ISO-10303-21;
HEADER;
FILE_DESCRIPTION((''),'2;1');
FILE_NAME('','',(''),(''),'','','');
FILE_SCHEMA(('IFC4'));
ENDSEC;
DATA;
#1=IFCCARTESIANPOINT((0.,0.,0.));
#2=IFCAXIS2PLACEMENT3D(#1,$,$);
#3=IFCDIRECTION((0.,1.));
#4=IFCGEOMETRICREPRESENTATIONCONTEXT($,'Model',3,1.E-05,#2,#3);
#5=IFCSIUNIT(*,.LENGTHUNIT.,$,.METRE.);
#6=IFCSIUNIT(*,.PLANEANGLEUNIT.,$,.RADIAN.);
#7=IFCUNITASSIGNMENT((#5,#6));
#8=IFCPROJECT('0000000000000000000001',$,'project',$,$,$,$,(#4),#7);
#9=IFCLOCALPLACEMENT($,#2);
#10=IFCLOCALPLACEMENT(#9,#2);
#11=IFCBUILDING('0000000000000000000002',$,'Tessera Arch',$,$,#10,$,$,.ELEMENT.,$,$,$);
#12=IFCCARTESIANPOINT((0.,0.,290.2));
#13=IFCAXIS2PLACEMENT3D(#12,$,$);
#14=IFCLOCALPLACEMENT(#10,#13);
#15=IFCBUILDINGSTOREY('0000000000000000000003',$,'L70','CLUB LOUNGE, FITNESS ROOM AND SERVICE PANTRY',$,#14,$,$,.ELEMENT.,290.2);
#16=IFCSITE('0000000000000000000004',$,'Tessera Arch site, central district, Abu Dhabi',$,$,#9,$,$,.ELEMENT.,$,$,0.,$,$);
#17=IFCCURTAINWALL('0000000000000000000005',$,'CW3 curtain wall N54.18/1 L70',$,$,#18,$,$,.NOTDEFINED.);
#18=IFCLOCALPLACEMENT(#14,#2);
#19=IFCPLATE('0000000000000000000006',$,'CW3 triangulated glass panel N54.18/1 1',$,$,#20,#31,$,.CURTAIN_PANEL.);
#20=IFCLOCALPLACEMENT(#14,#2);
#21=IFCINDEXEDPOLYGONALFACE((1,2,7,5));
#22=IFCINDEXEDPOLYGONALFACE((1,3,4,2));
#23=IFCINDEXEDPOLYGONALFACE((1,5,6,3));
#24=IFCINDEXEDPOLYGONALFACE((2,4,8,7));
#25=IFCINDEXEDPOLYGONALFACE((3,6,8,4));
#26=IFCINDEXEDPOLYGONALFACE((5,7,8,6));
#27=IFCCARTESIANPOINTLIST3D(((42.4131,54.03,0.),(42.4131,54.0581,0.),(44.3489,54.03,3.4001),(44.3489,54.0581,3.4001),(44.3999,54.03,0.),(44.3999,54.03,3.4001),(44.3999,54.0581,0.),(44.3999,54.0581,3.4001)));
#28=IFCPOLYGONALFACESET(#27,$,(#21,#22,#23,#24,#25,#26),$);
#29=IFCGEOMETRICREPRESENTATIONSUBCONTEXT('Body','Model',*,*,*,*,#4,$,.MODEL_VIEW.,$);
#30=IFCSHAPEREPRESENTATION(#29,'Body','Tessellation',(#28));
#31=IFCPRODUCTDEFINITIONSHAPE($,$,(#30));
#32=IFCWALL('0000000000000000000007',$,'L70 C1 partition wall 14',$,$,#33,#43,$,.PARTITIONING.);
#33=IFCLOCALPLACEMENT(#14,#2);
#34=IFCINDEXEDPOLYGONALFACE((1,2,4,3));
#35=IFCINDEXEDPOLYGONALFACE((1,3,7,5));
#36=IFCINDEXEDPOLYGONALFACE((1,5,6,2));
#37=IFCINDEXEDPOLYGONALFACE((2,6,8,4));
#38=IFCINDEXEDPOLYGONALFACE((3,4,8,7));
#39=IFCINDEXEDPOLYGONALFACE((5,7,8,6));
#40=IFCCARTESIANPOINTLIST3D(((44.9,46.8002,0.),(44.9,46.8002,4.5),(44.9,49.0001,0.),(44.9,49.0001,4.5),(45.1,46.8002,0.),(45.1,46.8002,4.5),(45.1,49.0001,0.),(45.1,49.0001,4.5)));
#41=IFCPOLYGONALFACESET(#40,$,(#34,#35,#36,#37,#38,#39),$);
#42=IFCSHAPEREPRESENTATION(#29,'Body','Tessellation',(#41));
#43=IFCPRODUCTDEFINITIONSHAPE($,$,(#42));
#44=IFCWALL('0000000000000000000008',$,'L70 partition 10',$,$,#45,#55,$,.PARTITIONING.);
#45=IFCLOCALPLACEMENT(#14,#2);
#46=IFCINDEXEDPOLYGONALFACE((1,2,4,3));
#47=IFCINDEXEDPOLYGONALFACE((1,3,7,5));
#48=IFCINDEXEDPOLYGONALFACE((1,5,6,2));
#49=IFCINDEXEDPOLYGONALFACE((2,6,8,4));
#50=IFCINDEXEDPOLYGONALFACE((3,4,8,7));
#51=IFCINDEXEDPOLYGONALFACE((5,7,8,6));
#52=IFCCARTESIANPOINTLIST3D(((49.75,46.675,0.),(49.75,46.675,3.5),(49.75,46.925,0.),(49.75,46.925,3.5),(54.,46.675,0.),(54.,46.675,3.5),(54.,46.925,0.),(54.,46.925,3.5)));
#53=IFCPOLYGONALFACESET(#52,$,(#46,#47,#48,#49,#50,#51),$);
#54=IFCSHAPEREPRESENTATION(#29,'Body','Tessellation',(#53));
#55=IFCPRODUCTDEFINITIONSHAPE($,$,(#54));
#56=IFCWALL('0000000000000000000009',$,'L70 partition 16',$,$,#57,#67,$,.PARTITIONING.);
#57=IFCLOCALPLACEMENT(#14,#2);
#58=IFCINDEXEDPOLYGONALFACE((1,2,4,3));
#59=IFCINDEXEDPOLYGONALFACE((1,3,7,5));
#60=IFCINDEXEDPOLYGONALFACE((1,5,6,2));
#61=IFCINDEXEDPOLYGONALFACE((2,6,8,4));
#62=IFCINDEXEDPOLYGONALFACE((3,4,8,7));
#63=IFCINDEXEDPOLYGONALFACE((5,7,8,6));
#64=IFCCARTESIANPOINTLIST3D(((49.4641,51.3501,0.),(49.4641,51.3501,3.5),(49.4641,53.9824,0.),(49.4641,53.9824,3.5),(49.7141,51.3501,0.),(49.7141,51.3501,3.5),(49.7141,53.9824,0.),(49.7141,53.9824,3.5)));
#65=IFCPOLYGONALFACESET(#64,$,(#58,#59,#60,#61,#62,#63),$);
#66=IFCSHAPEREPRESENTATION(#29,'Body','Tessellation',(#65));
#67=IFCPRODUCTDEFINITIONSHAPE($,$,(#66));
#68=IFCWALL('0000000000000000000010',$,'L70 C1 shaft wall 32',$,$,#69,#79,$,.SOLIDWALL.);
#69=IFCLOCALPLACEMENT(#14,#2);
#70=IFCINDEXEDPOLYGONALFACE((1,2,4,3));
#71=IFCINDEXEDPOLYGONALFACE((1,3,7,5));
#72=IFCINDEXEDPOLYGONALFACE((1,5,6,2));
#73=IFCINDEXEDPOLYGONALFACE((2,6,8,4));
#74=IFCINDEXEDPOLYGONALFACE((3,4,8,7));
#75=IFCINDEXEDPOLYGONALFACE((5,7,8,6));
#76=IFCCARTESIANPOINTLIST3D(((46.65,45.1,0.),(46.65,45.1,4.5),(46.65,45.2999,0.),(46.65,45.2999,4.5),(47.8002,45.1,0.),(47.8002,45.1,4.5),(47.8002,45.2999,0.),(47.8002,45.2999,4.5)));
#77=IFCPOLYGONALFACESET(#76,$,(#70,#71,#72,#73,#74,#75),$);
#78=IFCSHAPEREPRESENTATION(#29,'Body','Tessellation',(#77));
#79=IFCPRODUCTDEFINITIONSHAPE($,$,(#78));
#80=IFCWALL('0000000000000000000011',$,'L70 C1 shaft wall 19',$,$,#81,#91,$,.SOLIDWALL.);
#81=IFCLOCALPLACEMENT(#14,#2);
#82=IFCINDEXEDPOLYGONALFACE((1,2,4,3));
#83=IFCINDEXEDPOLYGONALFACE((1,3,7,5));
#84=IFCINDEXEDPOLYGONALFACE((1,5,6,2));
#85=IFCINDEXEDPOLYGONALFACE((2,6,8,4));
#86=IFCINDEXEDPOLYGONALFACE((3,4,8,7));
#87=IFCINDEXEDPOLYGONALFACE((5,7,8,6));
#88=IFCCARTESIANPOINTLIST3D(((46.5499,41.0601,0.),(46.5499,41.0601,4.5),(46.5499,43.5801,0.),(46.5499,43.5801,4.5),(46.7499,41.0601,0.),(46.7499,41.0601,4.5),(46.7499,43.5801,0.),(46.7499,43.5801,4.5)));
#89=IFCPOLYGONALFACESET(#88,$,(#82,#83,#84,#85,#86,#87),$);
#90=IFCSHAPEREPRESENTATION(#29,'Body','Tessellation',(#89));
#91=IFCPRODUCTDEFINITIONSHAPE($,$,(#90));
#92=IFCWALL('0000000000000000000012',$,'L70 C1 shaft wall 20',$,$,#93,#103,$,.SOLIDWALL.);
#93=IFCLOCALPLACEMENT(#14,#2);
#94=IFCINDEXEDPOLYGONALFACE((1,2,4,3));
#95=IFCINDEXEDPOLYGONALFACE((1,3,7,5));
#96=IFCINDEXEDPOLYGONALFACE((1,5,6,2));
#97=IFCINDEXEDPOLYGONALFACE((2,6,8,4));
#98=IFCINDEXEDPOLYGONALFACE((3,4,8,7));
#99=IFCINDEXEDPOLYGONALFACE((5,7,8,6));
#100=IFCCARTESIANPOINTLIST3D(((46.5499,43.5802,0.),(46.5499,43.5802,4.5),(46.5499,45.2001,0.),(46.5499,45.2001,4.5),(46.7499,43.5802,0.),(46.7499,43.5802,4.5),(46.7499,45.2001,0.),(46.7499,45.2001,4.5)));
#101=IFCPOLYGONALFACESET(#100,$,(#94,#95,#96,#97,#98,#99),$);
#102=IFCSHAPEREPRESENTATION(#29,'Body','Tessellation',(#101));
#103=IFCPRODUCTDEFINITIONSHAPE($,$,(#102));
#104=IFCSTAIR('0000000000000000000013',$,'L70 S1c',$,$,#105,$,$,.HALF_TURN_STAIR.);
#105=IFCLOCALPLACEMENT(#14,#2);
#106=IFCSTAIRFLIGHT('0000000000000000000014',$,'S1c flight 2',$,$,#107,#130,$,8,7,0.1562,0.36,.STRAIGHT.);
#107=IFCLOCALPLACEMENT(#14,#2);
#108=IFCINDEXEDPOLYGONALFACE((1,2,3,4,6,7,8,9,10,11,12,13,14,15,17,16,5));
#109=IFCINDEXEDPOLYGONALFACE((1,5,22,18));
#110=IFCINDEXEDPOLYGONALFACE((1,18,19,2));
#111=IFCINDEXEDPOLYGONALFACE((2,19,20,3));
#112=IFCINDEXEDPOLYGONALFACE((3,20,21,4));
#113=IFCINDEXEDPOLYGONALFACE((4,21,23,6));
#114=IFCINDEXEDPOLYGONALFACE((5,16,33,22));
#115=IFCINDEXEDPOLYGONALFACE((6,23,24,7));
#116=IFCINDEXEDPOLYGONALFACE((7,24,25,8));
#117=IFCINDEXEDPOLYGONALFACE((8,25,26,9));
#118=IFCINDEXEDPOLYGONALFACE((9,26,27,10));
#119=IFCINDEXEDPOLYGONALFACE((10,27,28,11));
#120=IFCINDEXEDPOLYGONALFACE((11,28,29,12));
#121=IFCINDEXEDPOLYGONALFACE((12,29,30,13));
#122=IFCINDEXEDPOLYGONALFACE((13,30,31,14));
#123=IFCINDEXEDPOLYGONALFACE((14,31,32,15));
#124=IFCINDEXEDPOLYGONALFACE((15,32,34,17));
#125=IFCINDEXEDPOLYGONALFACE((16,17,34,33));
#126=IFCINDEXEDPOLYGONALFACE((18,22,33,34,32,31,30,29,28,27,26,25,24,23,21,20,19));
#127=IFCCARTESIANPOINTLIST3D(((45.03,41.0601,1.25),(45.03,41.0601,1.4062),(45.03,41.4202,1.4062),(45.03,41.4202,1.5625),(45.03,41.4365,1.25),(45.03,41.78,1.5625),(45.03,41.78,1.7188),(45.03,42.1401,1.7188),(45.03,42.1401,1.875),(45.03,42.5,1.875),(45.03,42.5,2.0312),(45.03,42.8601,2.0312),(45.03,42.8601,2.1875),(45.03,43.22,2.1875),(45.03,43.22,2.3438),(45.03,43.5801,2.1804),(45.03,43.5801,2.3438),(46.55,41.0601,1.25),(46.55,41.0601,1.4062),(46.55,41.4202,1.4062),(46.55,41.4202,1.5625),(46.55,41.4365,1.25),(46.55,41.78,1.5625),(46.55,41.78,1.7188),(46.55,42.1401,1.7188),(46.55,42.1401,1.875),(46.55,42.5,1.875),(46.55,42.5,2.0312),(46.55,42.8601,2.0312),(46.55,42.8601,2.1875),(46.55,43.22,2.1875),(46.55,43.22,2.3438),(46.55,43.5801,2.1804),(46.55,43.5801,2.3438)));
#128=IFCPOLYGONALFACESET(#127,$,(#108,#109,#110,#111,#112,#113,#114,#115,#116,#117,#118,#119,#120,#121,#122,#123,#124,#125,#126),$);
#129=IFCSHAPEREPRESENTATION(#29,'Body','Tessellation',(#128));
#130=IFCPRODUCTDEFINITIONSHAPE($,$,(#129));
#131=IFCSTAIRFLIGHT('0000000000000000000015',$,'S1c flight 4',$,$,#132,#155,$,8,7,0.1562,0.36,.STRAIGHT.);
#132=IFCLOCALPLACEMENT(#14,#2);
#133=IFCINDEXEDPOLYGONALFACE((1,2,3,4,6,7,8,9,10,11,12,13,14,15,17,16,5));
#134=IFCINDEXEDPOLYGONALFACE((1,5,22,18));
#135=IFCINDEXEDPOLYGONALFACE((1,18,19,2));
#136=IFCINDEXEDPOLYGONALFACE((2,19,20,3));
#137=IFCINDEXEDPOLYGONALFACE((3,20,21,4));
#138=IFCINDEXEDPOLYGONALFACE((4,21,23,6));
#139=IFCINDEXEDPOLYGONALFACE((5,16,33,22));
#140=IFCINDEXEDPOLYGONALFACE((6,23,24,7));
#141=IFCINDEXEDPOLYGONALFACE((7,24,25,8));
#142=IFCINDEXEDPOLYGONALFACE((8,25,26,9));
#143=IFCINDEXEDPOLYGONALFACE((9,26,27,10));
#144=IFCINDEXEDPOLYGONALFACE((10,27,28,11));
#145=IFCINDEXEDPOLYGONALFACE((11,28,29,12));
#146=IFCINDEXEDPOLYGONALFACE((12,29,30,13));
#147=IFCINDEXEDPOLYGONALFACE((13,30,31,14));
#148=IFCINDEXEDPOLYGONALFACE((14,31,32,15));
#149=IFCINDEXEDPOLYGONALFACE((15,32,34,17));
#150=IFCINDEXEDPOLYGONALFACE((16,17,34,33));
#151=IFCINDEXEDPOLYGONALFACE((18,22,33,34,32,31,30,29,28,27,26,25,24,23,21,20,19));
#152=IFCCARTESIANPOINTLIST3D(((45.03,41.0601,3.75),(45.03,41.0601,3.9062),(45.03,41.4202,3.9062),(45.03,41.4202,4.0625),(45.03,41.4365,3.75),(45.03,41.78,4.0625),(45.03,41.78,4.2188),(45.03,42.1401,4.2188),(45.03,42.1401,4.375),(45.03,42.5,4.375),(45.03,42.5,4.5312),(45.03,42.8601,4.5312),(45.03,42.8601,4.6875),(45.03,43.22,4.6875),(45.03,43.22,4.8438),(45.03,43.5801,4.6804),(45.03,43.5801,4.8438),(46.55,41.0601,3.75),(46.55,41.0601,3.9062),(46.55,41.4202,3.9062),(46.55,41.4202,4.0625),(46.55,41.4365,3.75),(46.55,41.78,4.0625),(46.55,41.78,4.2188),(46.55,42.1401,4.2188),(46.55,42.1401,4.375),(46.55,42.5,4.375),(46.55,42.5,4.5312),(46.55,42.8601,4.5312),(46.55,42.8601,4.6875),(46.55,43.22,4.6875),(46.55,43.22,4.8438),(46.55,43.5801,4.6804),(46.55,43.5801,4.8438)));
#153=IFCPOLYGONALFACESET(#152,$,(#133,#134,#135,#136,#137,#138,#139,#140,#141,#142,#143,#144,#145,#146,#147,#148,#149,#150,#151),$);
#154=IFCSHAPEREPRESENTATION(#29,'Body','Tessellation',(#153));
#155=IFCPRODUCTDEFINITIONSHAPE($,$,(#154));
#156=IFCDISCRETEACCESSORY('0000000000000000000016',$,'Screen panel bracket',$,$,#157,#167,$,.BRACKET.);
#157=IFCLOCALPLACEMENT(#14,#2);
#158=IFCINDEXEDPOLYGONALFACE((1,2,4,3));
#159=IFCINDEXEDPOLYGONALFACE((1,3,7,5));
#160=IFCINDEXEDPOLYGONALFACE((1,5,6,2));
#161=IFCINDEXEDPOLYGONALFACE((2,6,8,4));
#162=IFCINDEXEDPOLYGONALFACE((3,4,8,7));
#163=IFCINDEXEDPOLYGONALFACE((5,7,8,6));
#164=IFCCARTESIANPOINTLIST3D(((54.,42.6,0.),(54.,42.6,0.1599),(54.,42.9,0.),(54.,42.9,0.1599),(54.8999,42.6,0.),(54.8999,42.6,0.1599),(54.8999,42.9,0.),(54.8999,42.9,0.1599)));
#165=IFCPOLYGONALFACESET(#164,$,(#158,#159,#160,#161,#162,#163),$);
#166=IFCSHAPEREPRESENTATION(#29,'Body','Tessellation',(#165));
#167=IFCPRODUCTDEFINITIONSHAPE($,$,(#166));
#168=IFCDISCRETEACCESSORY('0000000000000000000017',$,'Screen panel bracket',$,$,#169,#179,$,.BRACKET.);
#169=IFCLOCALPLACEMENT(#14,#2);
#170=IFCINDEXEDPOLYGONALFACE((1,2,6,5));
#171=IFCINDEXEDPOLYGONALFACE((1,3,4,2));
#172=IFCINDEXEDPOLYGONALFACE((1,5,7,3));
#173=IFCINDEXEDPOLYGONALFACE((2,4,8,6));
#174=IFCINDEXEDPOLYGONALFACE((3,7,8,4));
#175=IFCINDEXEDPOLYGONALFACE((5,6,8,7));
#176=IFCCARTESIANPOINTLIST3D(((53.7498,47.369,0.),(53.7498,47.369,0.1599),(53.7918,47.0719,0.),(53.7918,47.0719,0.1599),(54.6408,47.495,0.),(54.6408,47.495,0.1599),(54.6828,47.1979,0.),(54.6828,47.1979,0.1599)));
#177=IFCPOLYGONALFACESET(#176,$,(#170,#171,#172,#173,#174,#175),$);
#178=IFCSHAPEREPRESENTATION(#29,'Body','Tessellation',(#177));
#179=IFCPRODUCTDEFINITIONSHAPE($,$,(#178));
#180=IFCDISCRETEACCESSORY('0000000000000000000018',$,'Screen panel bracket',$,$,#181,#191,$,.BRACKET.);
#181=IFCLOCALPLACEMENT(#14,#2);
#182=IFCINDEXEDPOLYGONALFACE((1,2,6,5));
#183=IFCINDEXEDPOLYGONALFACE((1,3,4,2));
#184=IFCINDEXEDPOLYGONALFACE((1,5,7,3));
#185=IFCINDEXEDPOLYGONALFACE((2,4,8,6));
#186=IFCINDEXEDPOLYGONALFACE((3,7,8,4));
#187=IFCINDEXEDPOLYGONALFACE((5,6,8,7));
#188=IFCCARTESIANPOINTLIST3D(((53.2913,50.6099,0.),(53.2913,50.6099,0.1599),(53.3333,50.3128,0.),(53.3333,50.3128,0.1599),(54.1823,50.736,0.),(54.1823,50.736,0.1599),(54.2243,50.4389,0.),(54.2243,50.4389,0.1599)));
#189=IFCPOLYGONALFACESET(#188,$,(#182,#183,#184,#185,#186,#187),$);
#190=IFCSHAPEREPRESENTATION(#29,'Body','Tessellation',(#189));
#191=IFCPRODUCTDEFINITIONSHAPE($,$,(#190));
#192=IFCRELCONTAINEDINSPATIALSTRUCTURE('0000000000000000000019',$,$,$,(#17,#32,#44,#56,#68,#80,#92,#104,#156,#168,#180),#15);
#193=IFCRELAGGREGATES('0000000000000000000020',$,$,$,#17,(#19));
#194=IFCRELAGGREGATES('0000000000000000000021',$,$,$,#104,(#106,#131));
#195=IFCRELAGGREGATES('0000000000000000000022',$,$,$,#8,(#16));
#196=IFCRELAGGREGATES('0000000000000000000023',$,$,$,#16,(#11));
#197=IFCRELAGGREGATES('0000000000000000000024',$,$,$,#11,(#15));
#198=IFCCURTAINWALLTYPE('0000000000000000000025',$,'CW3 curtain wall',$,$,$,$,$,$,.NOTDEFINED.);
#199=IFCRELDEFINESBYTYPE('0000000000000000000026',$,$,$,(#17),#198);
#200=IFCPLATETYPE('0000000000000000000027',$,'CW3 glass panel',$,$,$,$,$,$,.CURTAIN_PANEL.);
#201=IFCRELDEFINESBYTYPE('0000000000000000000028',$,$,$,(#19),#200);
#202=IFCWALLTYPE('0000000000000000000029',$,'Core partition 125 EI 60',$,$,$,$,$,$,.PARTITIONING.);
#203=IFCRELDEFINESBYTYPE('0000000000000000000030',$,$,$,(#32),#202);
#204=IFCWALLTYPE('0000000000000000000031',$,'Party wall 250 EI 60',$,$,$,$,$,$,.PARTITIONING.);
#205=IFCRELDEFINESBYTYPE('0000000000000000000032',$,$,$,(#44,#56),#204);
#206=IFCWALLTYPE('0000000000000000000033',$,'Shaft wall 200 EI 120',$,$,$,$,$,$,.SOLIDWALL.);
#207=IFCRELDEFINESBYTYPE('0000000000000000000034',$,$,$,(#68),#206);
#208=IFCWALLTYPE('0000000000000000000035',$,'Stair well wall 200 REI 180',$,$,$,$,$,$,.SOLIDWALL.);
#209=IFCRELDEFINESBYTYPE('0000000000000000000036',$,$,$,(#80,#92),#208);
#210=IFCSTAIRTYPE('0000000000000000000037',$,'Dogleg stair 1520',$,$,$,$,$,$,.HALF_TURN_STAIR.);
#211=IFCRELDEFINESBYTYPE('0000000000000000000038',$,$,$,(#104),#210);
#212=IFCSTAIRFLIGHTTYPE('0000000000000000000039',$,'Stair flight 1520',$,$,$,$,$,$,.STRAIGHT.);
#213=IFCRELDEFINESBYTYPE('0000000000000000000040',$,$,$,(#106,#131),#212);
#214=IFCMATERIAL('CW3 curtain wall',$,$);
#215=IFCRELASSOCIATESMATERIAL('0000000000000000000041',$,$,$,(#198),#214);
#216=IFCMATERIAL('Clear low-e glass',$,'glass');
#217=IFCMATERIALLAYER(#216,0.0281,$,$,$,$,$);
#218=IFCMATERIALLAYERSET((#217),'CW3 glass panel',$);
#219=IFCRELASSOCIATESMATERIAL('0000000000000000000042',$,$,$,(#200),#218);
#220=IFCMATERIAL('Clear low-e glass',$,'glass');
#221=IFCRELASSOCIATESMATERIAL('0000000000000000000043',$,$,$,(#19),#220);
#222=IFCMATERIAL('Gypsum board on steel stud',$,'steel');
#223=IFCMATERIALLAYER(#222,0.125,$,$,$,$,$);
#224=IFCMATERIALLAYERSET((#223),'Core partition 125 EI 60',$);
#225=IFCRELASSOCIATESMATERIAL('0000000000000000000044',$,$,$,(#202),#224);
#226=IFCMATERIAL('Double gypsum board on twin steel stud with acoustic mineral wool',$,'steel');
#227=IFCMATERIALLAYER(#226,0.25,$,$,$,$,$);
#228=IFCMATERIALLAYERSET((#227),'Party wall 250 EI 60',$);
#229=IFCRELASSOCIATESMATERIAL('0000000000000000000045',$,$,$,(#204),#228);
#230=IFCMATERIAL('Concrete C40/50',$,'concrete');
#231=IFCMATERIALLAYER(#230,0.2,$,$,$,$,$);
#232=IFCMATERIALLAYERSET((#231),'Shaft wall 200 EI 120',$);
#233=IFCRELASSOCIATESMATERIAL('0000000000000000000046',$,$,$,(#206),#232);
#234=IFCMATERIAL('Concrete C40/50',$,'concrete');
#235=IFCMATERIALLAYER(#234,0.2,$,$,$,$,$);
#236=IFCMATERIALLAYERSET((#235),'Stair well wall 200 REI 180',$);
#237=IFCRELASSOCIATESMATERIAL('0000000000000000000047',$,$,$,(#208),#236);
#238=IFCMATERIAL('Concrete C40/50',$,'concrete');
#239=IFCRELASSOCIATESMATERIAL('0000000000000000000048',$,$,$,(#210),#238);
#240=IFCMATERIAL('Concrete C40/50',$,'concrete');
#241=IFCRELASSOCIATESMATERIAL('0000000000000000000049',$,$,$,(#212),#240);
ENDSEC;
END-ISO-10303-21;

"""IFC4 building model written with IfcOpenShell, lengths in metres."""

from ifc_helpers import new_model, si_unit, direction, frame, frame_2d, origin, origin_2d, place, context, subcontext, project, spatial, polyline, rectangle, outline, extrude, material, layer, layer_set, type_object, element, aggregate, save


model = new_model("IFC4")

# Units and contexts
model_context = context("Model", 3, precision=1e-05, world=origin(), true_north=direction((0.0, 1.0)))
body_context = subcontext(model_context, "Body", "Model", "MODEL_VIEW")
ifc_project = project(units=[si_unit("LENGTHUNIT", "METRE"), si_unit("PLANEANGLEUNIT", "RADIAN")], contexts=[model_context])

# Site, building, storey
site_placement = place(None, origin())
site = spatial("IfcSite", under=ifc_project, at=site_placement, Name="Tessera Arch site, central district, Abu Dhabi", CompositionType="ELEMENT", RefElevation=0.0)
building_placement = place(site_placement, origin())
building = spatial("IfcBuilding", under=site, at=building_placement, Name="Tessera Arch", CompositionType="ELEMENT")
storey_placement = place(building_placement, frame((0.0, 0.0, 290.2)))
storey = spatial("IfcBuildingStorey", under=building, at=storey_placement, Name="L70", Description="CLUB LOUNGE, FITNESS ROOM AND SERVICE PANTRY", CompositionType="ELEMENT", Elevation=290.2)

# Curtain wall
ifc_material_1 = material(Name="CW3 curtain wall")
curtain_wall_type_1 = type_object("IfcCurtainWallType", Name="CW3 curtain wall", PredefinedType="NOTDEFINED", material=ifc_material_1)
curtain_wall_1_placement = place(storey_placement, origin())
curtain_wall_1 = element("IfcCurtainWall", 1, at=curtain_wall_1_placement, inside=storey, type_object=curtain_wall_type_1, Name="CW3 curtain wall N54.18/1 L70", PredefinedType="NOTDEFINED")

# Shared definitions
ifc_material_2 = material(Name="Clear low-e glass", Category="glass")

# Plate
ifc_material_3 = material(Name="Clear low-e glass", Category="glass")
ifc_layer_1 = layer(ifc_material_3, 0.0281)
ifc_layer_set_1 = layer_set([ifc_layer_1], Name="CW3 glass panel")
plate_type_1 = type_object("IfcPlateType", Name="CW3 glass panel", PredefinedType="CURTAIN_PANEL", material=ifc_layer_set_1)
plate_1_placement = place(storey_placement, frame((44.3999, 54.0581, 0.0), z_axis=(0.0, 1.0, 0.0), x_axis=(-1.0, 0.0, 0.0)))
plate_1 = element("IfcPlate", 2, at=plate_1_placement, type_object=plate_type_1, material=ifc_material_2, Name="CW3 triangulated glass panel N54.18/1 1", PredefinedType="CURTAIN_PANEL", context=body_context, shape_type="SweptSolid", body=[
    extrude(outline(polyline([(0.0, 0.0), (1.9868, 0.0), (0.051, 3.4001), (0.0, 3.4001), (0.0, 0.0)])), origin(), (0.0, 0.0, -1.0), 0.0281),
])
aggregate(curtain_wall_1, [plate_1])

# Walls
ifc_material_4 = material(Name="Gypsum board on steel stud", Category="steel")
ifc_layer_2 = layer(ifc_material_4, 0.125)
ifc_layer_set_2 = layer_set([ifc_layer_2], Name="Core partition 125 EI 60")
wall_type_1 = type_object("IfcWallType", Name="Core partition 125 EI 60", PredefinedType="PARTITIONING", material=ifc_layer_set_2)
wall_1_placement = place(storey_placement, frame((45.0, 46.8, 0.0), z_axis=(0.0, 0.0, 1.0), x_axis=(0.0, 1.0, 0.0)))
element("IfcWall", 3, at=wall_1_placement, inside=storey, type_object=wall_type_1, Name="L70 C1 partition wall 14", PredefinedType="PARTITIONING", context=body_context, shape_type="SweptSolid", body=[
    extrude(rectangle(XDim=2.2, YDim=0.2, at=frame_2d((1.1001, 0.0))), origin(), (0.0, 0.0, 1.0), 4.5),
])
ifc_material_5 = material(Name="Double gypsum board on twin steel stud with acoustic mineral wool", Category="steel")
ifc_layer_3 = layer(ifc_material_5, 0.25)
ifc_layer_set_3 = layer_set([ifc_layer_3], Name="Party wall 250 EI 60")
wall_type_2 = type_object("IfcWallType", Name="Party wall 250 EI 60", PredefinedType="PARTITIONING", material=ifc_layer_set_3)
wall_2_placement = place(storey_placement, frame((49.75, 46.8, 0.0), z_axis=(0.0, 0.0, 1.0), x_axis=(1.0, 0.0, 0.0)))
element("IfcWall", 4, at=wall_2_placement, inside=storey, type_object=wall_type_2, Name="L70 partition 10", PredefinedType="PARTITIONING", context=body_context, shape_type="SweptSolid", body=[
    extrude(rectangle(XDim=4.25, YDim=0.25, at=frame_2d((2.125, 0.0))), origin(), (0.0, 0.0, 1.0), 3.5),
])
wall_3_placement = place(storey_placement, frame((49.5891, 51.3501, 0.0), z_axis=(0.0, 0.0, 1.0), x_axis=(0.0, 1.0, 0.0)))
element("IfcWall", 5, at=wall_3_placement, inside=storey, type_object=wall_type_2, Name="L70 partition 16", PredefinedType="PARTITIONING", context=body_context, shape_type="SweptSolid", body=[
    extrude(rectangle(XDim=2.6323, YDim=0.25, at=frame_2d((1.3162, 0.0))), origin(), (0.0, 0.0, 1.0), 3.5),
])
ifc_material_6 = material(Name="Concrete C40/50", Category="concrete")
ifc_layer_4 = layer(ifc_material_6, 0.2)
ifc_layer_set_4 = layer_set([ifc_layer_4], Name="Shaft wall 200 EI 120")
wall_type_3 = type_object("IfcWallType", Name="Shaft wall 200 EI 120", PredefinedType="SOLIDWALL", material=ifc_layer_set_4)
wall_4_placement = place(storey_placement, frame((46.6499, 45.2, 0.0), z_axis=(0.0, 0.0, 1.0), x_axis=(1.0, 0.0, 0.0)))
element("IfcWall", 6, at=wall_4_placement, inside=storey, type_object=wall_type_3, Name="L70 C1 shaft wall 32", PredefinedType="SOLIDWALL", context=body_context, shape_type="SweptSolid", body=[
    extrude(rectangle(XDim=1.1501, YDim=0.2, at=frame_2d((0.5752, 0.0))), origin(), (0.0, 0.0, 1.0), 4.5),
])
ifc_material_7 = material(Name="Concrete C40/50", Category="concrete")
ifc_layer_5 = layer(ifc_material_7, 0.2)
ifc_layer_set_5 = layer_set([ifc_layer_5], Name="Stair well wall 200 REI 180")
wall_type_4 = type_object("IfcWallType", Name="Stair well wall 200 REI 180", PredefinedType="SOLIDWALL", material=ifc_layer_set_5)
wall_5_placement = place(storey_placement, frame((46.6499, 41.0601, 0.0), z_axis=(0.0, 0.0, 1.0), x_axis=(0.0, 1.0, 0.0)))
element("IfcWall", 7, at=wall_5_placement, inside=storey, type_object=wall_type_4, Name="L70 C1 shaft wall 19", PredefinedType="SOLIDWALL", context=body_context, shape_type="SweptSolid", body=[
    extrude(rectangle(XDim=2.52, YDim=0.2, at=frame_2d((1.26, 0.0))), origin(), (0.0, 0.0, 1.0), 4.5),
])
wall_6_placement = place(storey_placement, frame((46.6499, 43.5801, 0.0), z_axis=(0.0, 0.0, 1.0), x_axis=(0.0, 1.0, 0.0)))
element("IfcWall", 8, at=wall_6_placement, inside=storey, type_object=wall_type_4, Name="L70 C1 shaft wall 20", PredefinedType="SOLIDWALL", context=body_context, shape_type="SweptSolid", body=[
    extrude(rectangle(XDim=1.6199, YDim=0.2, at=frame_2d((0.8101, 0.0))), origin(), (0.0, 0.0, 1.0), 4.5),
])

# Stair, stair flights
ifc_material_8 = material(Name="Concrete C40/50", Category="concrete")
stair_type = type_object("IfcStairType", Name="Dogleg stair 1520", PredefinedType="HALF_TURN_STAIR", material=ifc_material_8)
stair_placement = place(storey_placement, origin())
stair = element("IfcStair", 9, at=stair_placement, inside=storey, type_object=stair_type, Name="L70 S1c", PredefinedType="HALF_TURN_STAIR")
ifc_material_9 = material(Name="Concrete C40/50", Category="concrete")
stair_flight_type = type_object("IfcStairFlightType", Name="Stair flight 1520", PredefinedType="STRAIGHT", material=ifc_material_9)
stair_flight_1_placement = place(storey_placement, frame((45.79, 41.0601, 1.25), z_axis=(0.0, 0.0, 1.0), x_axis=(0.0, 1.0, 0.0)))
stair_flight_1 = element("IfcStairFlight", 10, at=stair_flight_1_placement, type_object=stair_flight_type, Name="S1c flight 2", NumberOfRisers=8, NumberOfTreads=7, PredefinedType="STRAIGHT", RiserHeight=0.1562, TreadLength=0.36, context=body_context, shape_type="SweptSolid", body=[
    extrude(outline(polyline([(0.0, 0.0), (0.0, 0.1562), (0.3601, 0.1562), (0.3601, 0.3125), (0.72, 0.3125), (0.72, 0.4688), (1.0801, 0.4688), (1.0801, 0.625), (1.4399, 0.625), (1.4399, 0.7812), (1.8, 0.7812), (1.8, 0.9375), (2.1599, 0.9375), (2.1599, 1.0938), (2.52, 1.0938), (2.52, 1.25), (2.52, 0.9304), (0.3765, 0.0), (0.0, 0.0)])), frame((0.0, 0.76, 0.0), z_axis=(0.0, -1.0, 0.0), x_axis=(1.0, 0.0, 0.0)), (0.0, 0.0, 1.0), 1.52),
])
stair_flight_2_placement = place(storey_placement, frame((45.79, 41.0601, 3.75), z_axis=(0.0, 0.0, 1.0), x_axis=(0.0, 1.0, 0.0)))
stair_flight_2 = element("IfcStairFlight", 11, at=stair_flight_2_placement, type_object=stair_flight_type, Name="S1c flight 4", NumberOfRisers=8, NumberOfTreads=7, PredefinedType="STRAIGHT", RiserHeight=0.1562, TreadLength=0.36, context=body_context, shape_type="SweptSolid", body=[
    extrude(outline(polyline([(0.0, 0.0), (0.0, 0.1562), (0.3601, 0.1562), (0.3601, 0.3125), (0.72, 0.3125), (0.72, 0.4688), (1.0801, 0.4688), (1.0801, 0.625), (1.4399, 0.625), (1.4399, 0.7812), (1.8, 0.7812), (1.8, 0.9375), (2.1599, 0.9375), (2.1599, 1.0938), (2.52, 1.0938), (2.52, 1.25), (2.52, 0.9304), (0.3765, 0.0), (0.0, 0.0)])), frame((0.0, 0.76, 0.0), z_axis=(0.0, -1.0, 0.0), x_axis=(1.0, 0.0, 0.0)), (0.0, 0.0, 1.0), 1.52),
])
aggregate(stair, [stair_flight_1, stair_flight_2])

# Discrete accessories
for number, where, z_axis, x_axis, name in (
    (12, (54.45, 42.75, 0.0), (0.0, 0.0, 1.0), (1.0, 0.0, 0.0), "Screen panel bracket"),
    (13, (54.2163, 47.2834, 0.0), (0.0, 0.0, 1.0), (0.990139, 0.140089, 0.0), "Screen panel bracket"),
    (14, (53.7578, 50.5244, 0.0), (0.0, 0.0, 1.0), (0.990139, 0.140089, 0.0), "Screen panel bracket"),
):
    element("IfcDiscreteAccessory", number, at=place(storey_placement, frame(where, z_axis=z_axis, x_axis=x_axis)), inside=storey, Name=name, PredefinedType="BRACKET", context=body_context, shape_type="SweptSolid", body=[
        extrude(rectangle(XDim=0.8999, YDim=0.3, at=origin_2d()), origin(), (0.0, 0.0, 1.0), 0.1599),
    ])

save(model, "model.ifc")
